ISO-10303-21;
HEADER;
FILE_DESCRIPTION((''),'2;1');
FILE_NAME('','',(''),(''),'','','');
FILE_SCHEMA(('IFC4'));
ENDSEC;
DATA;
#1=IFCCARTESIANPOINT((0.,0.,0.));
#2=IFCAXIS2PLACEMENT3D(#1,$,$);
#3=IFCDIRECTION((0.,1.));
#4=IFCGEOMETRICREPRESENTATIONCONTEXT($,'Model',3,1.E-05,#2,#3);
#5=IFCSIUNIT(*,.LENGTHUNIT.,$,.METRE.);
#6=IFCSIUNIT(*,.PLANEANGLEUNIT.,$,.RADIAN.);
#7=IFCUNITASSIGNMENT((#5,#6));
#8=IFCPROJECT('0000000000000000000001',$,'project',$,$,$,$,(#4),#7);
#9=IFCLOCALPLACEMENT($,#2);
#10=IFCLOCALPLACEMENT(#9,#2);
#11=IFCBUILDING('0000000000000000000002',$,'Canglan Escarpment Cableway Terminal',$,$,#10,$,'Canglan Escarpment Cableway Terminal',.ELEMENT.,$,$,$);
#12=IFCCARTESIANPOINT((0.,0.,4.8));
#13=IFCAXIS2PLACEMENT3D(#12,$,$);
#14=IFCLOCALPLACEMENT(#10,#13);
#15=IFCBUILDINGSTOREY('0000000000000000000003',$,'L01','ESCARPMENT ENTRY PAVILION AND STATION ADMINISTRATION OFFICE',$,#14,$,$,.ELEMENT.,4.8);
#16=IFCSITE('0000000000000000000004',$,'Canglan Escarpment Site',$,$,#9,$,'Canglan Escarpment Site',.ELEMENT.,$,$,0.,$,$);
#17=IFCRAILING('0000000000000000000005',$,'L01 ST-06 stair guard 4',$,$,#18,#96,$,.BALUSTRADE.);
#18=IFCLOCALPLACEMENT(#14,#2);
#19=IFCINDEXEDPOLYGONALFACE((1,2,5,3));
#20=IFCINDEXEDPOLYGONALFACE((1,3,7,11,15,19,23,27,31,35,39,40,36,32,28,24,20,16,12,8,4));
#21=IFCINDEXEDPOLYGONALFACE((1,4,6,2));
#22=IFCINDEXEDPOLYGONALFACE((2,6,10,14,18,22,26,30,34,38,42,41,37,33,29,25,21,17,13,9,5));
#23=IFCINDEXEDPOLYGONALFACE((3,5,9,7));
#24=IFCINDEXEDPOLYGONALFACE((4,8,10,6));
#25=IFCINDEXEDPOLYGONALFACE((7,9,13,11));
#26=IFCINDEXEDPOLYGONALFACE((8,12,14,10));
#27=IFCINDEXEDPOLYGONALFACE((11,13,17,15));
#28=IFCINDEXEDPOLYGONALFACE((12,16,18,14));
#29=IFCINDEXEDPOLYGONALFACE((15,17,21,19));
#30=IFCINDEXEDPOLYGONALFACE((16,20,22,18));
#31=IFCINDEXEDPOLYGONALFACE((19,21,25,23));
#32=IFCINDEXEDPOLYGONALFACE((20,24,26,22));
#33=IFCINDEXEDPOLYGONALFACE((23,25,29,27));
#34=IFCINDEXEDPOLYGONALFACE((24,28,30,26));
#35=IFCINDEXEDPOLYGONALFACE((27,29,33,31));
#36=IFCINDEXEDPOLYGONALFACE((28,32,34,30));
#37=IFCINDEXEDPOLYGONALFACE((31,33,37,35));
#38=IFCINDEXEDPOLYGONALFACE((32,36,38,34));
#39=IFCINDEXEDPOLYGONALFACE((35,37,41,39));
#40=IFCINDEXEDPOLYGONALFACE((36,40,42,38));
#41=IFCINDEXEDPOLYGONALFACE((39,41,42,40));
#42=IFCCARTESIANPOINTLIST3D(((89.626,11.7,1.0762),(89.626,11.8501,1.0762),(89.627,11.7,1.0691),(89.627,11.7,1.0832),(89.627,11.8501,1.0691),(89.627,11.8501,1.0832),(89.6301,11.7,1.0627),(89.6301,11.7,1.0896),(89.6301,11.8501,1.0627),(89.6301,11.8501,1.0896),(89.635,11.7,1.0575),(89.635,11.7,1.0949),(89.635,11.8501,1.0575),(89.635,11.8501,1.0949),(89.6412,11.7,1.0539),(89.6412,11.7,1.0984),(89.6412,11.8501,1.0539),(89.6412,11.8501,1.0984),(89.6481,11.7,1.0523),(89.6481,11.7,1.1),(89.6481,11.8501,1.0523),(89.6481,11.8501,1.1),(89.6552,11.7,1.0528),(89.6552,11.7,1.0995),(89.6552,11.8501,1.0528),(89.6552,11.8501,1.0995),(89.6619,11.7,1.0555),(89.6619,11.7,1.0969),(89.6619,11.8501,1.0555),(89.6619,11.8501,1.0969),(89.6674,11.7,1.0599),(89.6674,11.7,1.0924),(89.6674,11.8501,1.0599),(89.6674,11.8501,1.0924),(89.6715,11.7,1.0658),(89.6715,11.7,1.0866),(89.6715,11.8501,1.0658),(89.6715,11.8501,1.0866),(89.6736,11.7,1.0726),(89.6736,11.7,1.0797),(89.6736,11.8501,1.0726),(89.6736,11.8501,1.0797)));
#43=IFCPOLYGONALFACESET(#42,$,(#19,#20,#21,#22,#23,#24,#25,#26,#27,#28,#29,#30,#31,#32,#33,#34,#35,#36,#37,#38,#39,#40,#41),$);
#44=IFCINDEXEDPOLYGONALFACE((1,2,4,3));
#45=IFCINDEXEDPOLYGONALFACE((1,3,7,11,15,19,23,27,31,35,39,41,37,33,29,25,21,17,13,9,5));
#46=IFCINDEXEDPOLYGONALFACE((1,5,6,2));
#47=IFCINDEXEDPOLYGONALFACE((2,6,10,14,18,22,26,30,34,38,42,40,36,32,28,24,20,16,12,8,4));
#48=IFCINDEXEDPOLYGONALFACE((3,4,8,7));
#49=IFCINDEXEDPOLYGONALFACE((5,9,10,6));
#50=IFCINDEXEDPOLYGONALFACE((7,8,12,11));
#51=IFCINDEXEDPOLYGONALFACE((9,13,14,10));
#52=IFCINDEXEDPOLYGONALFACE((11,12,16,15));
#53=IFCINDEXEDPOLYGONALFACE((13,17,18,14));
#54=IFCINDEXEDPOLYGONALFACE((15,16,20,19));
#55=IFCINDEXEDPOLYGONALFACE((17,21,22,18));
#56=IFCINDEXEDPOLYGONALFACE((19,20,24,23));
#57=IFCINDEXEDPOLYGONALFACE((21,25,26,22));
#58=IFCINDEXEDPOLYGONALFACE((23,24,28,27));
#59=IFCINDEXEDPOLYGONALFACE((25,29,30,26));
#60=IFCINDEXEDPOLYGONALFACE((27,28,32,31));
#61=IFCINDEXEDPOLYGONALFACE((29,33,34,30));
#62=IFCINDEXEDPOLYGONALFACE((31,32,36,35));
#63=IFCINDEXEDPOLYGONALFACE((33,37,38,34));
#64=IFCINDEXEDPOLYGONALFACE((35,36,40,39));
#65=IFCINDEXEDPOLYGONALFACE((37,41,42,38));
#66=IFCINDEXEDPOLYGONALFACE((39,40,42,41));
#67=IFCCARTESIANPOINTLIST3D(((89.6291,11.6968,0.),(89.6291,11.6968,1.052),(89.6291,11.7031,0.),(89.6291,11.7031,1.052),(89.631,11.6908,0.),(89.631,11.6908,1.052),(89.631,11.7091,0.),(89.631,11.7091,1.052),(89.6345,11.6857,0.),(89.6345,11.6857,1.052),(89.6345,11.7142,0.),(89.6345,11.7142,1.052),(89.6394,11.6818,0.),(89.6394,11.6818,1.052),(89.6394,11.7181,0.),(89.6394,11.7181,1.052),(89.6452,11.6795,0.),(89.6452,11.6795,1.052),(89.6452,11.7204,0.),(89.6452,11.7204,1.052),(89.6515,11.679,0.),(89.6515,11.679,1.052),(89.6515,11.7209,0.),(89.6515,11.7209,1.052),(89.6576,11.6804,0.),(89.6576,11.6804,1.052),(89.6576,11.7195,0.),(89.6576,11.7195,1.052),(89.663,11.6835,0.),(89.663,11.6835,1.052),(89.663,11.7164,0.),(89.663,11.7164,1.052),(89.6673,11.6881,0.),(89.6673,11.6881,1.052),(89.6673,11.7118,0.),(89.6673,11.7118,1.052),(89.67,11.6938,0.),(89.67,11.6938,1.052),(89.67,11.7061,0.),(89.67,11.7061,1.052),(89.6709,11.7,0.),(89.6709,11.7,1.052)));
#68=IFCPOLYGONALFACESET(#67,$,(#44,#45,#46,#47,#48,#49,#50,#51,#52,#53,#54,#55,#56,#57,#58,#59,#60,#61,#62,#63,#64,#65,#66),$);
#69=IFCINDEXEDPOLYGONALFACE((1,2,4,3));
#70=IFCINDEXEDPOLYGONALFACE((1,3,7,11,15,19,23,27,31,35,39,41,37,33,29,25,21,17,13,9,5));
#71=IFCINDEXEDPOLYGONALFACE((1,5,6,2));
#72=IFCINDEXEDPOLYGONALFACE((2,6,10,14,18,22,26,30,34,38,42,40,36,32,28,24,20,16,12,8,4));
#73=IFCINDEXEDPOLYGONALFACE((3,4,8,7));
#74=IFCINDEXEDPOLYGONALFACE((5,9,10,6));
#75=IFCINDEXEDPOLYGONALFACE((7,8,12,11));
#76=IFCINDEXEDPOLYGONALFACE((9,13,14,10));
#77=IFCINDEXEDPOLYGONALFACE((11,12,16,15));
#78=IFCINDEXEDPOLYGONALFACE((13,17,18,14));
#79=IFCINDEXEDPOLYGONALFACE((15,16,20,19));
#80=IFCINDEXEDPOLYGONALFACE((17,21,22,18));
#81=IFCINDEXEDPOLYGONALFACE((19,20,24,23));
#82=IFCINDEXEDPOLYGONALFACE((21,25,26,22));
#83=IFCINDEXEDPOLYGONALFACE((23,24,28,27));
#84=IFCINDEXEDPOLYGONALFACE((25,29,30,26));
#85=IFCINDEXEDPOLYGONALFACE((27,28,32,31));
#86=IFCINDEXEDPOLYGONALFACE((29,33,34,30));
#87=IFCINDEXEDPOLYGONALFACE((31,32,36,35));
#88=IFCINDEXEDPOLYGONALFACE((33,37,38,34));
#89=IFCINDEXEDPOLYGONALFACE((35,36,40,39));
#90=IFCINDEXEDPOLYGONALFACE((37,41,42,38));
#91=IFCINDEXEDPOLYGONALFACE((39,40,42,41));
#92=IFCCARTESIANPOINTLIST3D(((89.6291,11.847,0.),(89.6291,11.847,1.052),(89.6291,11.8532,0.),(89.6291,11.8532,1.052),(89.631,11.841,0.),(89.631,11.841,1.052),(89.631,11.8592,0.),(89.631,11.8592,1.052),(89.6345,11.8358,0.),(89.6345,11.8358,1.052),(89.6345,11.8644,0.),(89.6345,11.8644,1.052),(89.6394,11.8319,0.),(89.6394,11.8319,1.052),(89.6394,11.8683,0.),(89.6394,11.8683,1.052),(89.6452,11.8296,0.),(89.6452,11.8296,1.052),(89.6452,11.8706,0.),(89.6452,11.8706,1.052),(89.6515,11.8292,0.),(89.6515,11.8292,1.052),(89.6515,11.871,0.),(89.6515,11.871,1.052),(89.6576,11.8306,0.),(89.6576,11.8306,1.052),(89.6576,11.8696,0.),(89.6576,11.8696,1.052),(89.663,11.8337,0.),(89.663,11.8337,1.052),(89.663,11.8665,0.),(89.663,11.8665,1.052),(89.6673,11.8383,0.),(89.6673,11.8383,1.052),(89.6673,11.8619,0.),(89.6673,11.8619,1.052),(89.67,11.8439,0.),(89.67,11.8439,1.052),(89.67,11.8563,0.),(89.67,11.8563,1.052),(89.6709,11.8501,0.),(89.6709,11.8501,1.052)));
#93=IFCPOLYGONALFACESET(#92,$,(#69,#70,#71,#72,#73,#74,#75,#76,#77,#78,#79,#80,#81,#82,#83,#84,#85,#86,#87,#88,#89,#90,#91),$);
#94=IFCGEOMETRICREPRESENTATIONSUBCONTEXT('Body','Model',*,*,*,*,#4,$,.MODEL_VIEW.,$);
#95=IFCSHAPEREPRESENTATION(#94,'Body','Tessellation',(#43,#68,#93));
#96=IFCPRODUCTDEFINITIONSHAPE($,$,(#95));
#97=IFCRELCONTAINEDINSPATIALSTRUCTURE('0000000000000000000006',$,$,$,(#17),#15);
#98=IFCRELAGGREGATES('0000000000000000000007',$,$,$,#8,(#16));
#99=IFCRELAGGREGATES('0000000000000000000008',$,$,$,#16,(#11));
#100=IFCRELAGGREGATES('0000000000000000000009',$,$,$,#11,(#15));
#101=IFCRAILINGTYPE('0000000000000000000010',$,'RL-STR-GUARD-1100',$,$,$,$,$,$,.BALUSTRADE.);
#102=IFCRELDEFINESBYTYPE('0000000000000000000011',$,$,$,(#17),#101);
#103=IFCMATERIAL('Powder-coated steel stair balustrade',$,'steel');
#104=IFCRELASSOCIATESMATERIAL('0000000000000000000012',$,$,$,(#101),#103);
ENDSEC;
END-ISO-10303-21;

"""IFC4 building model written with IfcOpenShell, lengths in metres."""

from ifc_helpers import new_model, si_unit, direction, frame, origin, origin_2d, place, context, subcontext, project, spatial, circle, extrude, material, type_object, element, save


model = new_model("IFC4")

# Units and contexts
model_context = context("Model", 3, precision=1e-05, world=origin(), true_north=direction((0.0, 1.0)))
body_context = subcontext(model_context, "Body", "Model", "MODEL_VIEW")
ifc_project = project(units=[si_unit("LENGTHUNIT", "METRE"), si_unit("PLANEANGLEUNIT", "RADIAN")], contexts=[model_context])

# Site, building, storey
site_placement = place(None, origin())
site = spatial("IfcSite", under=ifc_project, at=site_placement, Name="Canglan Escarpment Site", LongName="Canglan Escarpment Site", CompositionType="ELEMENT", RefElevation=0.0)
building_placement = place(site_placement, origin())
building = spatial("IfcBuilding", under=site, at=building_placement, Name="Canglan Escarpment Cableway Terminal", LongName="Canglan Escarpment Cableway Terminal", CompositionType="ELEMENT")
storey_placement = place(building_placement, frame((0.0, 0.0, 4.8)))
storey = spatial("IfcBuildingStorey", under=building, at=storey_placement, Name="L01", Description="ESCARPMENT ENTRY PAVILION AND STATION ADMINISTRATION OFFICE", CompositionType="ELEMENT", Elevation=4.8)

# Railing
ifc_material_1 = material(Name="Powder-coated steel stair balustrade", Category="steel")
railing_type_1 = type_object("IfcRailingType", Name="RL-STR-GUARD-1100", PredefinedType="BALUSTRADE", material=ifc_material_1)
railing_1_placement = place(storey_placement, frame((89.6499, 11.7, 0.0)))
element("IfcRailing", 1, at=railing_1_placement, inside=storey, type_object=railing_type_1, Name="L01 ST-06 stair guard 4", PredefinedType="BALUSTRADE", context=body_context, shape_type="SweptSolid", body=[
    extrude(circle(Radius=0.0239, at=origin_2d()), frame((0.0, 0.0, 1.0762), z_axis=(0.0, 1.0, 0.0), x_axis=(-1.0, 0.0, 0.0)), (0.0, 0.0, 1.0), 0.1501),
    extrude(circle(Radius=0.021, at=origin_2d()), origin(), (0.0, 0.0, 1.0), 1.052),
    extrude(circle(Radius=0.021, at=origin_2d()), frame((0.0, 0.1501, 0.0)), (0.0, 0.0, 1.0), 1.052),
])

save(model, "model.ifc")
